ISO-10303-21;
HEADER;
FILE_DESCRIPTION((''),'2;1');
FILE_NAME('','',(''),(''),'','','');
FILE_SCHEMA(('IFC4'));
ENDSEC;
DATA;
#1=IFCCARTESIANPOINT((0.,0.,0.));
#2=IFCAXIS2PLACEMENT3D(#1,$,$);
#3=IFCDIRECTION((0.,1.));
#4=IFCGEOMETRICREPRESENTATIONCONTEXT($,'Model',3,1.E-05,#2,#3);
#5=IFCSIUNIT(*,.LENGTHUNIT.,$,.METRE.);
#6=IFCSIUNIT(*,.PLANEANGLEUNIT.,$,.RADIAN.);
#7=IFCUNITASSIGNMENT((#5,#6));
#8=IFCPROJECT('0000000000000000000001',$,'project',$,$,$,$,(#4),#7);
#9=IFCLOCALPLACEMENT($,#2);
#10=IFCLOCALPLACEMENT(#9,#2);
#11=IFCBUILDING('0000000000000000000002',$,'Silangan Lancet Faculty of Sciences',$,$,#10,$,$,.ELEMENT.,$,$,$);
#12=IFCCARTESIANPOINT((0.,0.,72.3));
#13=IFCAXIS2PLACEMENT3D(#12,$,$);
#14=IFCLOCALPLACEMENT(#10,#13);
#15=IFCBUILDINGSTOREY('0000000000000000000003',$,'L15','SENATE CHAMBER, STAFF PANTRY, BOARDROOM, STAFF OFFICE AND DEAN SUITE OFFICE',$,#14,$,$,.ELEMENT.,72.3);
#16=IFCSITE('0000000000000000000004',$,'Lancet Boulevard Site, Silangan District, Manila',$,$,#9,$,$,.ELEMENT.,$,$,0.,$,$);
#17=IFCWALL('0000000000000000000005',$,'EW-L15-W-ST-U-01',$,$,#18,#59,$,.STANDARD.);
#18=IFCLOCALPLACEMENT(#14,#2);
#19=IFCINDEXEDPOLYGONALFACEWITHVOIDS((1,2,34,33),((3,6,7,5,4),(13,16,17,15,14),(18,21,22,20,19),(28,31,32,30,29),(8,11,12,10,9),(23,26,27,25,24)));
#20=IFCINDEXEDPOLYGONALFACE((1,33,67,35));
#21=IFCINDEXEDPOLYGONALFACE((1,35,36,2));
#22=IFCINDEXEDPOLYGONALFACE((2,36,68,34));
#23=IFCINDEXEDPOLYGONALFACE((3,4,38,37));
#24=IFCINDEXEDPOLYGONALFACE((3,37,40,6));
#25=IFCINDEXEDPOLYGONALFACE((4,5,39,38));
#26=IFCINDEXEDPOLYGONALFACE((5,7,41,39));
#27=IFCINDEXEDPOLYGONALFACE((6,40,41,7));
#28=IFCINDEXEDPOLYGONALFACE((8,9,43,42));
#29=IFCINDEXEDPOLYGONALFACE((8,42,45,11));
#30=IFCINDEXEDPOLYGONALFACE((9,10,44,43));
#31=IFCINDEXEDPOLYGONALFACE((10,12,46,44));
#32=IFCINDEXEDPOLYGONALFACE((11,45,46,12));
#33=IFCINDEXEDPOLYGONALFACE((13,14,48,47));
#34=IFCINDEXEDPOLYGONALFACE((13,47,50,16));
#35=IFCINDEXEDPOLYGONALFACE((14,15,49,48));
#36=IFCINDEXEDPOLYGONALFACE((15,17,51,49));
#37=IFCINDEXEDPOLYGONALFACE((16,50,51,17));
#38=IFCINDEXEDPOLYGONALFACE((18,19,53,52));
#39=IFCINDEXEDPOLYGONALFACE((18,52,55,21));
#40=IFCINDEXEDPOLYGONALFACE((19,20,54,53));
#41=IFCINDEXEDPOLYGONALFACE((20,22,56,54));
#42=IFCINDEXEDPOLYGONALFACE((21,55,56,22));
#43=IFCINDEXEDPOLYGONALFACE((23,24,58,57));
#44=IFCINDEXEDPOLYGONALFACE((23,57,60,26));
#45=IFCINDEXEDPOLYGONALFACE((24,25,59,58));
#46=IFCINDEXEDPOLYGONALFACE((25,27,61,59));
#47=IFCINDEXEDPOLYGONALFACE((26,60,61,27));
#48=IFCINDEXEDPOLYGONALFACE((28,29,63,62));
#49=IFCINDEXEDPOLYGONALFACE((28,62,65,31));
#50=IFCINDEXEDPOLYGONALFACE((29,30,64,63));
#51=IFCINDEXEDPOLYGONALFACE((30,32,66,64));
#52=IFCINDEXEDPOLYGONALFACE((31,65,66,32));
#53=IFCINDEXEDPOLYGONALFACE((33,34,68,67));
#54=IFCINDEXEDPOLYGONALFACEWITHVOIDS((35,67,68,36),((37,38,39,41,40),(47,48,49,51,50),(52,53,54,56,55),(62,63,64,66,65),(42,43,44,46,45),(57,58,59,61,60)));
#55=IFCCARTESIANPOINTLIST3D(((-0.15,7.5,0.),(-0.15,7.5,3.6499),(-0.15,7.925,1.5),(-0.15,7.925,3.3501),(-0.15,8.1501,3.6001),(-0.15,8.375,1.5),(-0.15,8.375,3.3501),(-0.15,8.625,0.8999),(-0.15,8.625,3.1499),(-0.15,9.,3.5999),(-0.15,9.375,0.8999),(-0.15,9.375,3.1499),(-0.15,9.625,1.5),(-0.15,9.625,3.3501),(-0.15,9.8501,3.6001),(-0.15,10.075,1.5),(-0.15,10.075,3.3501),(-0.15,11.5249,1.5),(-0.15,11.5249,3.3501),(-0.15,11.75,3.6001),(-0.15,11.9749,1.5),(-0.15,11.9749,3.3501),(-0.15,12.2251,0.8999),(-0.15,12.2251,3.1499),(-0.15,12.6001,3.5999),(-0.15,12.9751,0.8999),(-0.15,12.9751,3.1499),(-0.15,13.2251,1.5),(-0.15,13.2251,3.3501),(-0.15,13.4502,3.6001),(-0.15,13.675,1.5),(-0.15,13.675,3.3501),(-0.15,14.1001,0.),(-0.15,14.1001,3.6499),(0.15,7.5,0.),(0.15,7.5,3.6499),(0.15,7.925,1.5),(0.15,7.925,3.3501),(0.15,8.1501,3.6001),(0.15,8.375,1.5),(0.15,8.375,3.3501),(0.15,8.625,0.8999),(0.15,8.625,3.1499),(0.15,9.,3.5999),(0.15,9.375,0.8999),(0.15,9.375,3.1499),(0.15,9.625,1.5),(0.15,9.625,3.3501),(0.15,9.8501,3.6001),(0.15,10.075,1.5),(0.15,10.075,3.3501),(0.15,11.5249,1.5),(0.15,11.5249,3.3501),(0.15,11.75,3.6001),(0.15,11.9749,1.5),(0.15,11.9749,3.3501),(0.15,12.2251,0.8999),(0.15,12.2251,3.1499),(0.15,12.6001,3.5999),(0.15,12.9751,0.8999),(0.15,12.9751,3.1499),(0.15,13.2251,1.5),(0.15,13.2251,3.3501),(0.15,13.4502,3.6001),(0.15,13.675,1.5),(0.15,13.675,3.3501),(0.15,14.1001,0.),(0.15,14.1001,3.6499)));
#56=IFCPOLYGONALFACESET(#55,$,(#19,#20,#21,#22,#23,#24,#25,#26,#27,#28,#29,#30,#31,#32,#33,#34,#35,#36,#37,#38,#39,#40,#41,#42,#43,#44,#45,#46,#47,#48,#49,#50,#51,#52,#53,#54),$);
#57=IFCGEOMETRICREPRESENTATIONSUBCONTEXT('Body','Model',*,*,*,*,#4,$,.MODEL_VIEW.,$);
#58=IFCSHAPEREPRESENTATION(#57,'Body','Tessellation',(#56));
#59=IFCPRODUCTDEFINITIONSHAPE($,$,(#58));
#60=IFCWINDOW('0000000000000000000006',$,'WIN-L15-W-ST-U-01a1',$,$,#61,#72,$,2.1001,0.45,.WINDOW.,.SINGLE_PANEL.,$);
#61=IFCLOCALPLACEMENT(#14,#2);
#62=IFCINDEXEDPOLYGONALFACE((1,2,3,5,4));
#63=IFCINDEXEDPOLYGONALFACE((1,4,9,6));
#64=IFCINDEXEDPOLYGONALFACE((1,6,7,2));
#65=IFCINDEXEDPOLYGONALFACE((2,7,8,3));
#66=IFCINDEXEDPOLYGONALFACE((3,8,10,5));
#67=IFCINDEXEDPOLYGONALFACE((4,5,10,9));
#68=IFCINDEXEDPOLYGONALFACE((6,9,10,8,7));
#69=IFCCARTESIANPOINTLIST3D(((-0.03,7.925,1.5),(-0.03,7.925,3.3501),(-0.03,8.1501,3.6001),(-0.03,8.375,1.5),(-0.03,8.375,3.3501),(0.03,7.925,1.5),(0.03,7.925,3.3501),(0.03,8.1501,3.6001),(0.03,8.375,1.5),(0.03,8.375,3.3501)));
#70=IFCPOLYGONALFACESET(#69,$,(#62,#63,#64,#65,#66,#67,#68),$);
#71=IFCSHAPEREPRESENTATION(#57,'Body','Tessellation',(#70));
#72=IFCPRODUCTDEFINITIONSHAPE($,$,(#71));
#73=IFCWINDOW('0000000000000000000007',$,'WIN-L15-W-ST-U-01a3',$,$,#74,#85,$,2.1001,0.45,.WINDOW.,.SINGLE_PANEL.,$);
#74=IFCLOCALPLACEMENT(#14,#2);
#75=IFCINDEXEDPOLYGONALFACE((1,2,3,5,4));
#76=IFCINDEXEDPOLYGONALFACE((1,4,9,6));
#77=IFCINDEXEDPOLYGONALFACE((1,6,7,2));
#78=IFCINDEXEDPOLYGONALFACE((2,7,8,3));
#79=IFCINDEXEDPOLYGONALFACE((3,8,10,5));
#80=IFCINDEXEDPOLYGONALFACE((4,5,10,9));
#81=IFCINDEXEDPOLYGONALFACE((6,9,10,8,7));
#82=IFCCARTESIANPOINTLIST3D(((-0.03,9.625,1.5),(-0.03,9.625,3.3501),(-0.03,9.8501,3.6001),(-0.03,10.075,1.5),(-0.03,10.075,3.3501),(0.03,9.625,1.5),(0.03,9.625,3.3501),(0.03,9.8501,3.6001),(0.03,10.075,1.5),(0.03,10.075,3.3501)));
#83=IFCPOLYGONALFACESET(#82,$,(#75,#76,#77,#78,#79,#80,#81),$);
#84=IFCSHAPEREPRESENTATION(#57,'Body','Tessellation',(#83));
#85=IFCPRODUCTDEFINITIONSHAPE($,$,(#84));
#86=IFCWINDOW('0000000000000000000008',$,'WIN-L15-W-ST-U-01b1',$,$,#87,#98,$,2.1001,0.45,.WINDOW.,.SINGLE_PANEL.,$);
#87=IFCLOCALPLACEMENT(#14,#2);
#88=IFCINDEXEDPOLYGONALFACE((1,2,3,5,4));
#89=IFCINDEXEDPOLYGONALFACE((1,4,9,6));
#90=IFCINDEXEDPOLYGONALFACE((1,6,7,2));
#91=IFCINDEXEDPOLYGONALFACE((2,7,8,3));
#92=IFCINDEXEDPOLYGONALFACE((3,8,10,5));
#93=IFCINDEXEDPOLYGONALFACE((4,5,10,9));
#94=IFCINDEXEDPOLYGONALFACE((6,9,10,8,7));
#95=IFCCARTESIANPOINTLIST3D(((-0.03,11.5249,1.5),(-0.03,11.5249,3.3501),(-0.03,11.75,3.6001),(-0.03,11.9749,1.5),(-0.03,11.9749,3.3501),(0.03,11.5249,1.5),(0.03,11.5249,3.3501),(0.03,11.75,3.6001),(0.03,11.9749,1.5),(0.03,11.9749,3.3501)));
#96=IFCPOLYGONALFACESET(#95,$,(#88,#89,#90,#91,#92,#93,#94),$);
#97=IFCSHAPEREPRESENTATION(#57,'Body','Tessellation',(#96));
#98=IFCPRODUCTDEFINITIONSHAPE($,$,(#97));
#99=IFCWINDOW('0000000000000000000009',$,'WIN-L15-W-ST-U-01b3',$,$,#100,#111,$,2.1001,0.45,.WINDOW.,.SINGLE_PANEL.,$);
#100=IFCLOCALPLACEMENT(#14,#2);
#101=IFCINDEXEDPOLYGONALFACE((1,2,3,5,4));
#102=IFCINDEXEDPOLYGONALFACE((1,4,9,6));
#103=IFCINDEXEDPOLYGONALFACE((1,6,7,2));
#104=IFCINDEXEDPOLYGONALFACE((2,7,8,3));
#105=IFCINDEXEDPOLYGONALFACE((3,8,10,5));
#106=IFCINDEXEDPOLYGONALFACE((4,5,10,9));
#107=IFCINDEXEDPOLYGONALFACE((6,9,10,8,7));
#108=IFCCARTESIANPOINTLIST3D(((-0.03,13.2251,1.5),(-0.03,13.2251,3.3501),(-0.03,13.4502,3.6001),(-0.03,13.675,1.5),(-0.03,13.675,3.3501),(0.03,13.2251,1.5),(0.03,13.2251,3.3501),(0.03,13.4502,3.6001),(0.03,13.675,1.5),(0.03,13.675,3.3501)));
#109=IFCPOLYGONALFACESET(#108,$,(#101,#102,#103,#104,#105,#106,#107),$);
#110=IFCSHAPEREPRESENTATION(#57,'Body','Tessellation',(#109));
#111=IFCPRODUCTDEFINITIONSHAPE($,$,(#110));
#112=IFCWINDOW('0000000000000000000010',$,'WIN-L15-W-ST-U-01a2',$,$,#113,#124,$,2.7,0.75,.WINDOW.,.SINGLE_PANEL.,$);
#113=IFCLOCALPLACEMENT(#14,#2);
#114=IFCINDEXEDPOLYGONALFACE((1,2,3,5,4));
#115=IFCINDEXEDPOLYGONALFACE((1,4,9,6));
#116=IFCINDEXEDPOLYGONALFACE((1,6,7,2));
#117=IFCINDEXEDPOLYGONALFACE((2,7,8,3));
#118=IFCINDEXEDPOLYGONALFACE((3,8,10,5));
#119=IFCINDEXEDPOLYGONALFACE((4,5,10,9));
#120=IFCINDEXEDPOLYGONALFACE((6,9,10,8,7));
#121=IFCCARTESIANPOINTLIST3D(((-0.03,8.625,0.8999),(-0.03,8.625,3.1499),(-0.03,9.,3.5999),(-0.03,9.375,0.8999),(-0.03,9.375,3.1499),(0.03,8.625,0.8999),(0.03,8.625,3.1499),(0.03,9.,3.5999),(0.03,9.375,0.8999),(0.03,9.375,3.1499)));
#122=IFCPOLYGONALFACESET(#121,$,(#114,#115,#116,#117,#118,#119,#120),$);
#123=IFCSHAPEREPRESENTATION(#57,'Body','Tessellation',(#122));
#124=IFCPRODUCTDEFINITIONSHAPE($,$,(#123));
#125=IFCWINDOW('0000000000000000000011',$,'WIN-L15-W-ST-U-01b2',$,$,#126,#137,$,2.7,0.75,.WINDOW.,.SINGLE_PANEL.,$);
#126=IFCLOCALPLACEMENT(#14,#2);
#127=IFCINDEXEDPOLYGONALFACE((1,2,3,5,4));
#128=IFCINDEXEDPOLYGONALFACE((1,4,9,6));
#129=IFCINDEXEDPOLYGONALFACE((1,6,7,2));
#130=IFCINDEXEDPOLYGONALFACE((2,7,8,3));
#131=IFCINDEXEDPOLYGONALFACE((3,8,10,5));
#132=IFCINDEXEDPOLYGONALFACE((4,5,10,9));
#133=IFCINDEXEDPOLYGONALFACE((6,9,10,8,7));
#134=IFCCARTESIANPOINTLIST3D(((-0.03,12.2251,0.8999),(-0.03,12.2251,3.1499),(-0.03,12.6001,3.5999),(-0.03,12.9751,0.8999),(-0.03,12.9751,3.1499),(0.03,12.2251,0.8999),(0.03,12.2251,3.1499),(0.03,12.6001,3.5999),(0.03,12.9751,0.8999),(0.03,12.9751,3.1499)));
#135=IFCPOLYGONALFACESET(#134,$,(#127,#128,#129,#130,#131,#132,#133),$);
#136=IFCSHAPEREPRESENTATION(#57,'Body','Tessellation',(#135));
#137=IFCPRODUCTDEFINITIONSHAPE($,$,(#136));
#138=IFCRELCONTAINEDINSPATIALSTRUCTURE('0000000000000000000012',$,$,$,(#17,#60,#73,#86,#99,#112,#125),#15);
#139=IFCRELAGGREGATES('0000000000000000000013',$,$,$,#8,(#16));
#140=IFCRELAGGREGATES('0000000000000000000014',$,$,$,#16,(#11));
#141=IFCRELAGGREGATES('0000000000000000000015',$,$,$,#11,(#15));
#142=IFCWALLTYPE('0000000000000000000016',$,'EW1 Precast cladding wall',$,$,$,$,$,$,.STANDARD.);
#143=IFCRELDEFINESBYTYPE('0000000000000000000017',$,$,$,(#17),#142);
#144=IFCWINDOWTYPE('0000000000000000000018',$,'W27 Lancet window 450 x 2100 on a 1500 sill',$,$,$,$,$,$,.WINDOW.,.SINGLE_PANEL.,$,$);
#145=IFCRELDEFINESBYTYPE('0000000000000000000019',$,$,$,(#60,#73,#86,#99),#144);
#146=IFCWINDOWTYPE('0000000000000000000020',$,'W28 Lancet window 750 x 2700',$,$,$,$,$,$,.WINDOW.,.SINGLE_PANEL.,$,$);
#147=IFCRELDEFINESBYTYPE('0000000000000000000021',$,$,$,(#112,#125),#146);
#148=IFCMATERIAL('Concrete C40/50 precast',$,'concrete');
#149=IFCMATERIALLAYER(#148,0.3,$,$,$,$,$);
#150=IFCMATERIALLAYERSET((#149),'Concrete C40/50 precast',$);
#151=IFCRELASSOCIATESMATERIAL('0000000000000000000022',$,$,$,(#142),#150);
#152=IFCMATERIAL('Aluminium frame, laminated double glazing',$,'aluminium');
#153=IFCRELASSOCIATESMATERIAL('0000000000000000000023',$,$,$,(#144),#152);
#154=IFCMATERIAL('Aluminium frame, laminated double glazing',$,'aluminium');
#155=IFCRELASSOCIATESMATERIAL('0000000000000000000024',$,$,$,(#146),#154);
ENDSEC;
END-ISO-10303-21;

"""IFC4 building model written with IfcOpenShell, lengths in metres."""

from ifc_helpers import new_model, si_unit, direction, frame, frame_2d, origin, place, context, subcontext, project, spatial, polyline, rectangle, outline, extrude, material, layer, layer_set, type_object, element, fill, save


model = new_model("IFC4")

# Units and contexts
model_context = context("Model", 3, precision=1e-05, world=origin(), true_north=direction((0.0, 1.0)))
body_context = subcontext(model_context, "Body", "Model", "MODEL_VIEW")
ifc_project = project(units=[si_unit("LENGTHUNIT", "METRE"), si_unit("PLANEANGLEUNIT", "RADIAN")], contexts=[model_context])

# Site, building, storey
site_placement = place(None, origin())
site = spatial("IfcSite", under=ifc_project, at=site_placement, Name="Lancet Boulevard Site, Silangan District, Manila", CompositionType="ELEMENT", RefElevation=0.0)
building_placement = place(site_placement, origin())
building = spatial("IfcBuilding", under=site, at=building_placement, Name="Silangan Lancet Faculty of Sciences", CompositionType="ELEMENT")
storey_placement = place(building_placement, frame((0.0, 0.0, 72.3)))
storey = spatial("IfcBuildingStorey", under=building, at=storey_placement, Name="L15", Description="SENATE CHAMBER, STAFF PANTRY, BOARDROOM, STAFF OFFICE AND DEAN SUITE OFFICE", CompositionType="ELEMENT", Elevation=72.3)

# Wall, openings, windows
ifc_material_1 = material(Name="Concrete C40/50 precast", Category="concrete")
ifc_layer_1 = layer(ifc_material_1, 0.3)
ifc_layer_set_1 = layer_set([ifc_layer_1], Name="Concrete C40/50 precast")
wall_type_1 = type_object("IfcWallType", Name="EW1 Precast cladding wall", PredefinedType="STANDARD", material=ifc_layer_set_1)
wall_1_placement = place(storey_placement, frame((0.0, 7.5, 0.0), z_axis=(0.0, 0.0, 1.0), x_axis=(0.0, 1.0, 0.0)))
wall_1 = element("IfcWall", 1, at=wall_1_placement, inside=storey, type_object=wall_type_1, Name="EW-L15-W-ST-U-01", PredefinedType="STANDARD", context=body_context, shape_type="SweptSolid", body=[
    extrude(rectangle(XDim=6.6001, YDim=0.3, at=frame_2d((3.3, 0.0))), origin(), (0.0, 0.0, 1.0), 3.6499),
])
opening_1_placement = place(wall_1_placement, frame((0.425, 0.0, 1.5)))
opening_1 = element("IfcOpeningElement", 2, at=opening_1_placement, cuts=wall_1, PredefinedType="OPENING", context=body_context, shape_type="SweptSolid", body=[
    extrude(outline(polyline([(0.0, 0.0), (0.45, 0.0), (0.45, 1.8501), (0.2251, 2.1001), (0.0, 1.8501), (0.0, 0.0)])), frame((0.0, 0.1599, 0.0), z_axis=(0.0, -1.0, 0.0), x_axis=(1.0, 0.0, 0.0)), (0.0, 0.0, 1.0), 0.3201),
])
opening_2_placement = place(wall_1_placement, frame((1.125, 0.0, 0.8999)))
opening_2 = element("IfcOpeningElement", 3, at=opening_2_placement, cuts=wall_1, PredefinedType="OPENING", context=body_context, shape_type="SweptSolid", body=[
    extrude(outline(polyline([(0.0, 0.0), (0.75, 0.0), (0.75, 2.25), (0.375, 2.7), (0.0, 2.25), (0.0, 0.0)])), frame((0.0, 0.1599, 0.0), z_axis=(0.0, -1.0, 0.0), x_axis=(1.0, 0.0, 0.0)), (0.0, 0.0, 1.0), 0.3201),
])
opening_3_placement = place(wall_1_placement, frame((2.125, 0.0, 1.5)))
opening_3 = element("IfcOpeningElement", 4, at=opening_3_placement, cuts=wall_1, PredefinedType="OPENING", context=body_context, shape_type="SweptSolid", body=[
    extrude(outline(polyline([(0.0, 0.0), (0.45, 0.0), (0.45, 1.8501), (0.2251, 2.1001), (0.0, 1.8501), (0.0, 0.0)])), frame((0.0, 0.1599, 0.0), z_axis=(0.0, -1.0, 0.0), x_axis=(1.0, 0.0, 0.0)), (0.0, 0.0, 1.0), 0.3201),
])
opening_4_placement = place(wall_1_placement, frame((4.0249, 0.0, 1.5)))
opening_4 = element("IfcOpeningElement", 5, at=opening_4_placement, cuts=wall_1, PredefinedType="OPENING", context=body_context, shape_type="SweptSolid", body=[
    extrude(outline(polyline([(0.0, 0.0), (0.45, 0.0), (0.45, 1.8501), (0.2251, 2.1001), (0.0, 1.8501), (0.0, 0.0)])), frame((0.0, 0.1599, 0.0), z_axis=(0.0, -1.0, 0.0), x_axis=(1.0, 0.0, 0.0)), (0.0, 0.0, 1.0), 0.3201),
])
opening_5_placement = place(wall_1_placement, frame((4.7251, 0.0, 0.8999)))
opening_5 = element("IfcOpeningElement", 6, at=opening_5_placement, cuts=wall_1, PredefinedType="OPENING", context=body_context, shape_type="SweptSolid", body=[
    extrude(outline(polyline([(0.0, 0.0), (0.75, 0.0), (0.75, 2.25), (0.375, 2.7), (0.0, 2.25), (0.0, 0.0)])), frame((0.0, 0.1599, 0.0), z_axis=(0.0, -1.0, 0.0), x_axis=(1.0, 0.0, 0.0)), (0.0, 0.0, 1.0), 0.3201),
])
opening_6_placement = place(wall_1_placement, frame((5.7251, 0.0, 1.5)))
opening_6 = element("IfcOpeningElement", 7, at=opening_6_placement, cuts=wall_1, PredefinedType="OPENING", context=body_context, shape_type="SweptSolid", body=[
    extrude(outline(polyline([(0.0, 0.0), (0.45, 0.0), (0.45, 1.8501), (0.2251, 2.1001), (0.0, 1.8501), (0.0, 0.0)])), frame((0.0, 0.1599, 0.0), z_axis=(0.0, -1.0, 0.0), x_axis=(1.0, 0.0, 0.0)), (0.0, 0.0, 1.0), 0.3201),
])
ifc_material_2 = material(Name="Aluminium frame, laminated double glazing", Category="aluminium")
window_type_1 = type_object("IfcWindowType", Name="W27 Lancet window 450 x 2100 on a 1500 sill", PartitioningType="SINGLE_PANEL", PredefinedType="WINDOW", material=ifc_material_2)
window_1_placement = place(opening_1_placement, origin())
window_1 = element("IfcWindow", 8, at=window_1_placement, inside=storey, type_object=window_type_1, Name="WIN-L15-W-ST-U-01a1", OverallHeight=2.1001, OverallWidth=0.45, PartitioningType="SINGLE_PANEL", PredefinedType="WINDOW", context=body_context, shape_type="SweptSolid", body=[
    extrude(outline(polyline([(0.0, 0.0), (0.45, 0.0), (0.45, 1.8501), (0.2251, 2.1001), (0.0, 1.8501), (0.0, 0.0)])), frame((0.0, 0.03, 0.0), z_axis=(0.0, -1.0, 0.0), x_axis=(1.0, 0.0, 0.0)), (0.0, 0.0, 1.0), 0.0601),
])
fill(opening_1, window_1)
window_2_placement = place(opening_3_placement, origin())
window_2 = element("IfcWindow", 9, at=window_2_placement, inside=storey, type_object=window_type_1, Name="WIN-L15-W-ST-U-01a3", OverallHeight=2.1001, OverallWidth=0.45, PartitioningType="SINGLE_PANEL", PredefinedType="WINDOW", context=body_context, shape_type="SweptSolid", body=[
    extrude(outline(polyline([(0.0, 0.0), (0.45, 0.0), (0.45, 1.8501), (0.2251, 2.1001), (0.0, 1.8501), (0.0, 0.0)])), frame((0.0, 0.03, 0.0), z_axis=(0.0, -1.0, 0.0), x_axis=(1.0, 0.0, 0.0)), (0.0, 0.0, 1.0), 0.0601),
])
fill(opening_3, window_2)
window_3_placement = place(opening_4_placement, origin())
window_3 = element("IfcWindow", 10, at=window_3_placement, inside=storey, type_object=window_type_1, Name="WIN-L15-W-ST-U-01b1", OverallHeight=2.1001, OverallWidth=0.45, PartitioningType="SINGLE_PANEL", PredefinedType="WINDOW", context=body_context, shape_type="SweptSolid", body=[
    extrude(outline(polyline([(0.0, 0.0), (0.45, 0.0), (0.45, 1.8501), (0.2251, 2.1001), (0.0, 1.8501), (0.0, 0.0)])), frame((0.0, 0.03, 0.0), z_axis=(0.0, -1.0, 0.0), x_axis=(1.0, 0.0, 0.0)), (0.0, 0.0, 1.0), 0.0601),
])
fill(opening_4, window_3)
window_4_placement = place(opening_6_placement, origin())
window_4 = element("IfcWindow", 11, at=window_4_placement, inside=storey, type_object=window_type_1, Name="WIN-L15-W-ST-U-01b3", OverallHeight=2.1001, OverallWidth=0.45, PartitioningType="SINGLE_PANEL", PredefinedType="WINDOW", context=body_context, shape_type="SweptSolid", body=[
    extrude(outline(polyline([(0.0, 0.0), (0.45, 0.0), (0.45, 1.8501), (0.2251, 2.1001), (0.0, 1.8501), (0.0, 0.0)])), frame((0.0, 0.03, 0.0), z_axis=(0.0, -1.0, 0.0), x_axis=(1.0, 0.0, 0.0)), (0.0, 0.0, 1.0), 0.0601),
])
fill(opening_6, window_4)
ifc_material_3 = material(Name="Aluminium frame, laminated double glazing", Category="aluminium")
window_type_2 = type_object("IfcWindowType", Name="W28 Lancet window 750 x 2700", PartitioningType="SINGLE_PANEL", PredefinedType="WINDOW", material=ifc_material_3)
window_5_placement = place(opening_2_placement, origin())
window_5 = element("IfcWindow", 12, at=window_5_placement, inside=storey, type_object=window_type_2, Name="WIN-L15-W-ST-U-01a2", OverallHeight=2.7, OverallWidth=0.75, PartitioningType="SINGLE_PANEL", PredefinedType="WINDOW", context=body_context, shape_type="SweptSolid", body=[
    extrude(outline(polyline([(0.0, 0.0), (0.75, 0.0), (0.75, 2.25), (0.375, 2.7), (0.0, 2.25), (0.0, 0.0)])), frame((0.0, 0.03, 0.0), z_axis=(0.0, -1.0, 0.0), x_axis=(1.0, 0.0, 0.0)), (0.0, 0.0, 1.0), 0.0601),
])
fill(opening_2, window_5)
window_6_placement = place(opening_5_placement, origin())
window_6 = element("IfcWindow", 13, at=window_6_placement, inside=storey, type_object=window_type_2, Name="WIN-L15-W-ST-U-01b2", OverallHeight=2.7, OverallWidth=0.75, PartitioningType="SINGLE_PANEL", PredefinedType="WINDOW", context=body_context, shape_type="SweptSolid", body=[
    extrude(outline(polyline([(0.0, 0.0), (0.75, 0.0), (0.75, 2.25), (0.375, 2.7), (0.0, 2.25), (0.0, 0.0)])), frame((0.0, 0.03, 0.0), z_axis=(0.0, -1.0, 0.0), x_axis=(1.0, 0.0, 0.0)), (0.0, 0.0, 1.0), 0.0601),
])
fill(opening_5, window_6)

save(model, "model.ifc")
